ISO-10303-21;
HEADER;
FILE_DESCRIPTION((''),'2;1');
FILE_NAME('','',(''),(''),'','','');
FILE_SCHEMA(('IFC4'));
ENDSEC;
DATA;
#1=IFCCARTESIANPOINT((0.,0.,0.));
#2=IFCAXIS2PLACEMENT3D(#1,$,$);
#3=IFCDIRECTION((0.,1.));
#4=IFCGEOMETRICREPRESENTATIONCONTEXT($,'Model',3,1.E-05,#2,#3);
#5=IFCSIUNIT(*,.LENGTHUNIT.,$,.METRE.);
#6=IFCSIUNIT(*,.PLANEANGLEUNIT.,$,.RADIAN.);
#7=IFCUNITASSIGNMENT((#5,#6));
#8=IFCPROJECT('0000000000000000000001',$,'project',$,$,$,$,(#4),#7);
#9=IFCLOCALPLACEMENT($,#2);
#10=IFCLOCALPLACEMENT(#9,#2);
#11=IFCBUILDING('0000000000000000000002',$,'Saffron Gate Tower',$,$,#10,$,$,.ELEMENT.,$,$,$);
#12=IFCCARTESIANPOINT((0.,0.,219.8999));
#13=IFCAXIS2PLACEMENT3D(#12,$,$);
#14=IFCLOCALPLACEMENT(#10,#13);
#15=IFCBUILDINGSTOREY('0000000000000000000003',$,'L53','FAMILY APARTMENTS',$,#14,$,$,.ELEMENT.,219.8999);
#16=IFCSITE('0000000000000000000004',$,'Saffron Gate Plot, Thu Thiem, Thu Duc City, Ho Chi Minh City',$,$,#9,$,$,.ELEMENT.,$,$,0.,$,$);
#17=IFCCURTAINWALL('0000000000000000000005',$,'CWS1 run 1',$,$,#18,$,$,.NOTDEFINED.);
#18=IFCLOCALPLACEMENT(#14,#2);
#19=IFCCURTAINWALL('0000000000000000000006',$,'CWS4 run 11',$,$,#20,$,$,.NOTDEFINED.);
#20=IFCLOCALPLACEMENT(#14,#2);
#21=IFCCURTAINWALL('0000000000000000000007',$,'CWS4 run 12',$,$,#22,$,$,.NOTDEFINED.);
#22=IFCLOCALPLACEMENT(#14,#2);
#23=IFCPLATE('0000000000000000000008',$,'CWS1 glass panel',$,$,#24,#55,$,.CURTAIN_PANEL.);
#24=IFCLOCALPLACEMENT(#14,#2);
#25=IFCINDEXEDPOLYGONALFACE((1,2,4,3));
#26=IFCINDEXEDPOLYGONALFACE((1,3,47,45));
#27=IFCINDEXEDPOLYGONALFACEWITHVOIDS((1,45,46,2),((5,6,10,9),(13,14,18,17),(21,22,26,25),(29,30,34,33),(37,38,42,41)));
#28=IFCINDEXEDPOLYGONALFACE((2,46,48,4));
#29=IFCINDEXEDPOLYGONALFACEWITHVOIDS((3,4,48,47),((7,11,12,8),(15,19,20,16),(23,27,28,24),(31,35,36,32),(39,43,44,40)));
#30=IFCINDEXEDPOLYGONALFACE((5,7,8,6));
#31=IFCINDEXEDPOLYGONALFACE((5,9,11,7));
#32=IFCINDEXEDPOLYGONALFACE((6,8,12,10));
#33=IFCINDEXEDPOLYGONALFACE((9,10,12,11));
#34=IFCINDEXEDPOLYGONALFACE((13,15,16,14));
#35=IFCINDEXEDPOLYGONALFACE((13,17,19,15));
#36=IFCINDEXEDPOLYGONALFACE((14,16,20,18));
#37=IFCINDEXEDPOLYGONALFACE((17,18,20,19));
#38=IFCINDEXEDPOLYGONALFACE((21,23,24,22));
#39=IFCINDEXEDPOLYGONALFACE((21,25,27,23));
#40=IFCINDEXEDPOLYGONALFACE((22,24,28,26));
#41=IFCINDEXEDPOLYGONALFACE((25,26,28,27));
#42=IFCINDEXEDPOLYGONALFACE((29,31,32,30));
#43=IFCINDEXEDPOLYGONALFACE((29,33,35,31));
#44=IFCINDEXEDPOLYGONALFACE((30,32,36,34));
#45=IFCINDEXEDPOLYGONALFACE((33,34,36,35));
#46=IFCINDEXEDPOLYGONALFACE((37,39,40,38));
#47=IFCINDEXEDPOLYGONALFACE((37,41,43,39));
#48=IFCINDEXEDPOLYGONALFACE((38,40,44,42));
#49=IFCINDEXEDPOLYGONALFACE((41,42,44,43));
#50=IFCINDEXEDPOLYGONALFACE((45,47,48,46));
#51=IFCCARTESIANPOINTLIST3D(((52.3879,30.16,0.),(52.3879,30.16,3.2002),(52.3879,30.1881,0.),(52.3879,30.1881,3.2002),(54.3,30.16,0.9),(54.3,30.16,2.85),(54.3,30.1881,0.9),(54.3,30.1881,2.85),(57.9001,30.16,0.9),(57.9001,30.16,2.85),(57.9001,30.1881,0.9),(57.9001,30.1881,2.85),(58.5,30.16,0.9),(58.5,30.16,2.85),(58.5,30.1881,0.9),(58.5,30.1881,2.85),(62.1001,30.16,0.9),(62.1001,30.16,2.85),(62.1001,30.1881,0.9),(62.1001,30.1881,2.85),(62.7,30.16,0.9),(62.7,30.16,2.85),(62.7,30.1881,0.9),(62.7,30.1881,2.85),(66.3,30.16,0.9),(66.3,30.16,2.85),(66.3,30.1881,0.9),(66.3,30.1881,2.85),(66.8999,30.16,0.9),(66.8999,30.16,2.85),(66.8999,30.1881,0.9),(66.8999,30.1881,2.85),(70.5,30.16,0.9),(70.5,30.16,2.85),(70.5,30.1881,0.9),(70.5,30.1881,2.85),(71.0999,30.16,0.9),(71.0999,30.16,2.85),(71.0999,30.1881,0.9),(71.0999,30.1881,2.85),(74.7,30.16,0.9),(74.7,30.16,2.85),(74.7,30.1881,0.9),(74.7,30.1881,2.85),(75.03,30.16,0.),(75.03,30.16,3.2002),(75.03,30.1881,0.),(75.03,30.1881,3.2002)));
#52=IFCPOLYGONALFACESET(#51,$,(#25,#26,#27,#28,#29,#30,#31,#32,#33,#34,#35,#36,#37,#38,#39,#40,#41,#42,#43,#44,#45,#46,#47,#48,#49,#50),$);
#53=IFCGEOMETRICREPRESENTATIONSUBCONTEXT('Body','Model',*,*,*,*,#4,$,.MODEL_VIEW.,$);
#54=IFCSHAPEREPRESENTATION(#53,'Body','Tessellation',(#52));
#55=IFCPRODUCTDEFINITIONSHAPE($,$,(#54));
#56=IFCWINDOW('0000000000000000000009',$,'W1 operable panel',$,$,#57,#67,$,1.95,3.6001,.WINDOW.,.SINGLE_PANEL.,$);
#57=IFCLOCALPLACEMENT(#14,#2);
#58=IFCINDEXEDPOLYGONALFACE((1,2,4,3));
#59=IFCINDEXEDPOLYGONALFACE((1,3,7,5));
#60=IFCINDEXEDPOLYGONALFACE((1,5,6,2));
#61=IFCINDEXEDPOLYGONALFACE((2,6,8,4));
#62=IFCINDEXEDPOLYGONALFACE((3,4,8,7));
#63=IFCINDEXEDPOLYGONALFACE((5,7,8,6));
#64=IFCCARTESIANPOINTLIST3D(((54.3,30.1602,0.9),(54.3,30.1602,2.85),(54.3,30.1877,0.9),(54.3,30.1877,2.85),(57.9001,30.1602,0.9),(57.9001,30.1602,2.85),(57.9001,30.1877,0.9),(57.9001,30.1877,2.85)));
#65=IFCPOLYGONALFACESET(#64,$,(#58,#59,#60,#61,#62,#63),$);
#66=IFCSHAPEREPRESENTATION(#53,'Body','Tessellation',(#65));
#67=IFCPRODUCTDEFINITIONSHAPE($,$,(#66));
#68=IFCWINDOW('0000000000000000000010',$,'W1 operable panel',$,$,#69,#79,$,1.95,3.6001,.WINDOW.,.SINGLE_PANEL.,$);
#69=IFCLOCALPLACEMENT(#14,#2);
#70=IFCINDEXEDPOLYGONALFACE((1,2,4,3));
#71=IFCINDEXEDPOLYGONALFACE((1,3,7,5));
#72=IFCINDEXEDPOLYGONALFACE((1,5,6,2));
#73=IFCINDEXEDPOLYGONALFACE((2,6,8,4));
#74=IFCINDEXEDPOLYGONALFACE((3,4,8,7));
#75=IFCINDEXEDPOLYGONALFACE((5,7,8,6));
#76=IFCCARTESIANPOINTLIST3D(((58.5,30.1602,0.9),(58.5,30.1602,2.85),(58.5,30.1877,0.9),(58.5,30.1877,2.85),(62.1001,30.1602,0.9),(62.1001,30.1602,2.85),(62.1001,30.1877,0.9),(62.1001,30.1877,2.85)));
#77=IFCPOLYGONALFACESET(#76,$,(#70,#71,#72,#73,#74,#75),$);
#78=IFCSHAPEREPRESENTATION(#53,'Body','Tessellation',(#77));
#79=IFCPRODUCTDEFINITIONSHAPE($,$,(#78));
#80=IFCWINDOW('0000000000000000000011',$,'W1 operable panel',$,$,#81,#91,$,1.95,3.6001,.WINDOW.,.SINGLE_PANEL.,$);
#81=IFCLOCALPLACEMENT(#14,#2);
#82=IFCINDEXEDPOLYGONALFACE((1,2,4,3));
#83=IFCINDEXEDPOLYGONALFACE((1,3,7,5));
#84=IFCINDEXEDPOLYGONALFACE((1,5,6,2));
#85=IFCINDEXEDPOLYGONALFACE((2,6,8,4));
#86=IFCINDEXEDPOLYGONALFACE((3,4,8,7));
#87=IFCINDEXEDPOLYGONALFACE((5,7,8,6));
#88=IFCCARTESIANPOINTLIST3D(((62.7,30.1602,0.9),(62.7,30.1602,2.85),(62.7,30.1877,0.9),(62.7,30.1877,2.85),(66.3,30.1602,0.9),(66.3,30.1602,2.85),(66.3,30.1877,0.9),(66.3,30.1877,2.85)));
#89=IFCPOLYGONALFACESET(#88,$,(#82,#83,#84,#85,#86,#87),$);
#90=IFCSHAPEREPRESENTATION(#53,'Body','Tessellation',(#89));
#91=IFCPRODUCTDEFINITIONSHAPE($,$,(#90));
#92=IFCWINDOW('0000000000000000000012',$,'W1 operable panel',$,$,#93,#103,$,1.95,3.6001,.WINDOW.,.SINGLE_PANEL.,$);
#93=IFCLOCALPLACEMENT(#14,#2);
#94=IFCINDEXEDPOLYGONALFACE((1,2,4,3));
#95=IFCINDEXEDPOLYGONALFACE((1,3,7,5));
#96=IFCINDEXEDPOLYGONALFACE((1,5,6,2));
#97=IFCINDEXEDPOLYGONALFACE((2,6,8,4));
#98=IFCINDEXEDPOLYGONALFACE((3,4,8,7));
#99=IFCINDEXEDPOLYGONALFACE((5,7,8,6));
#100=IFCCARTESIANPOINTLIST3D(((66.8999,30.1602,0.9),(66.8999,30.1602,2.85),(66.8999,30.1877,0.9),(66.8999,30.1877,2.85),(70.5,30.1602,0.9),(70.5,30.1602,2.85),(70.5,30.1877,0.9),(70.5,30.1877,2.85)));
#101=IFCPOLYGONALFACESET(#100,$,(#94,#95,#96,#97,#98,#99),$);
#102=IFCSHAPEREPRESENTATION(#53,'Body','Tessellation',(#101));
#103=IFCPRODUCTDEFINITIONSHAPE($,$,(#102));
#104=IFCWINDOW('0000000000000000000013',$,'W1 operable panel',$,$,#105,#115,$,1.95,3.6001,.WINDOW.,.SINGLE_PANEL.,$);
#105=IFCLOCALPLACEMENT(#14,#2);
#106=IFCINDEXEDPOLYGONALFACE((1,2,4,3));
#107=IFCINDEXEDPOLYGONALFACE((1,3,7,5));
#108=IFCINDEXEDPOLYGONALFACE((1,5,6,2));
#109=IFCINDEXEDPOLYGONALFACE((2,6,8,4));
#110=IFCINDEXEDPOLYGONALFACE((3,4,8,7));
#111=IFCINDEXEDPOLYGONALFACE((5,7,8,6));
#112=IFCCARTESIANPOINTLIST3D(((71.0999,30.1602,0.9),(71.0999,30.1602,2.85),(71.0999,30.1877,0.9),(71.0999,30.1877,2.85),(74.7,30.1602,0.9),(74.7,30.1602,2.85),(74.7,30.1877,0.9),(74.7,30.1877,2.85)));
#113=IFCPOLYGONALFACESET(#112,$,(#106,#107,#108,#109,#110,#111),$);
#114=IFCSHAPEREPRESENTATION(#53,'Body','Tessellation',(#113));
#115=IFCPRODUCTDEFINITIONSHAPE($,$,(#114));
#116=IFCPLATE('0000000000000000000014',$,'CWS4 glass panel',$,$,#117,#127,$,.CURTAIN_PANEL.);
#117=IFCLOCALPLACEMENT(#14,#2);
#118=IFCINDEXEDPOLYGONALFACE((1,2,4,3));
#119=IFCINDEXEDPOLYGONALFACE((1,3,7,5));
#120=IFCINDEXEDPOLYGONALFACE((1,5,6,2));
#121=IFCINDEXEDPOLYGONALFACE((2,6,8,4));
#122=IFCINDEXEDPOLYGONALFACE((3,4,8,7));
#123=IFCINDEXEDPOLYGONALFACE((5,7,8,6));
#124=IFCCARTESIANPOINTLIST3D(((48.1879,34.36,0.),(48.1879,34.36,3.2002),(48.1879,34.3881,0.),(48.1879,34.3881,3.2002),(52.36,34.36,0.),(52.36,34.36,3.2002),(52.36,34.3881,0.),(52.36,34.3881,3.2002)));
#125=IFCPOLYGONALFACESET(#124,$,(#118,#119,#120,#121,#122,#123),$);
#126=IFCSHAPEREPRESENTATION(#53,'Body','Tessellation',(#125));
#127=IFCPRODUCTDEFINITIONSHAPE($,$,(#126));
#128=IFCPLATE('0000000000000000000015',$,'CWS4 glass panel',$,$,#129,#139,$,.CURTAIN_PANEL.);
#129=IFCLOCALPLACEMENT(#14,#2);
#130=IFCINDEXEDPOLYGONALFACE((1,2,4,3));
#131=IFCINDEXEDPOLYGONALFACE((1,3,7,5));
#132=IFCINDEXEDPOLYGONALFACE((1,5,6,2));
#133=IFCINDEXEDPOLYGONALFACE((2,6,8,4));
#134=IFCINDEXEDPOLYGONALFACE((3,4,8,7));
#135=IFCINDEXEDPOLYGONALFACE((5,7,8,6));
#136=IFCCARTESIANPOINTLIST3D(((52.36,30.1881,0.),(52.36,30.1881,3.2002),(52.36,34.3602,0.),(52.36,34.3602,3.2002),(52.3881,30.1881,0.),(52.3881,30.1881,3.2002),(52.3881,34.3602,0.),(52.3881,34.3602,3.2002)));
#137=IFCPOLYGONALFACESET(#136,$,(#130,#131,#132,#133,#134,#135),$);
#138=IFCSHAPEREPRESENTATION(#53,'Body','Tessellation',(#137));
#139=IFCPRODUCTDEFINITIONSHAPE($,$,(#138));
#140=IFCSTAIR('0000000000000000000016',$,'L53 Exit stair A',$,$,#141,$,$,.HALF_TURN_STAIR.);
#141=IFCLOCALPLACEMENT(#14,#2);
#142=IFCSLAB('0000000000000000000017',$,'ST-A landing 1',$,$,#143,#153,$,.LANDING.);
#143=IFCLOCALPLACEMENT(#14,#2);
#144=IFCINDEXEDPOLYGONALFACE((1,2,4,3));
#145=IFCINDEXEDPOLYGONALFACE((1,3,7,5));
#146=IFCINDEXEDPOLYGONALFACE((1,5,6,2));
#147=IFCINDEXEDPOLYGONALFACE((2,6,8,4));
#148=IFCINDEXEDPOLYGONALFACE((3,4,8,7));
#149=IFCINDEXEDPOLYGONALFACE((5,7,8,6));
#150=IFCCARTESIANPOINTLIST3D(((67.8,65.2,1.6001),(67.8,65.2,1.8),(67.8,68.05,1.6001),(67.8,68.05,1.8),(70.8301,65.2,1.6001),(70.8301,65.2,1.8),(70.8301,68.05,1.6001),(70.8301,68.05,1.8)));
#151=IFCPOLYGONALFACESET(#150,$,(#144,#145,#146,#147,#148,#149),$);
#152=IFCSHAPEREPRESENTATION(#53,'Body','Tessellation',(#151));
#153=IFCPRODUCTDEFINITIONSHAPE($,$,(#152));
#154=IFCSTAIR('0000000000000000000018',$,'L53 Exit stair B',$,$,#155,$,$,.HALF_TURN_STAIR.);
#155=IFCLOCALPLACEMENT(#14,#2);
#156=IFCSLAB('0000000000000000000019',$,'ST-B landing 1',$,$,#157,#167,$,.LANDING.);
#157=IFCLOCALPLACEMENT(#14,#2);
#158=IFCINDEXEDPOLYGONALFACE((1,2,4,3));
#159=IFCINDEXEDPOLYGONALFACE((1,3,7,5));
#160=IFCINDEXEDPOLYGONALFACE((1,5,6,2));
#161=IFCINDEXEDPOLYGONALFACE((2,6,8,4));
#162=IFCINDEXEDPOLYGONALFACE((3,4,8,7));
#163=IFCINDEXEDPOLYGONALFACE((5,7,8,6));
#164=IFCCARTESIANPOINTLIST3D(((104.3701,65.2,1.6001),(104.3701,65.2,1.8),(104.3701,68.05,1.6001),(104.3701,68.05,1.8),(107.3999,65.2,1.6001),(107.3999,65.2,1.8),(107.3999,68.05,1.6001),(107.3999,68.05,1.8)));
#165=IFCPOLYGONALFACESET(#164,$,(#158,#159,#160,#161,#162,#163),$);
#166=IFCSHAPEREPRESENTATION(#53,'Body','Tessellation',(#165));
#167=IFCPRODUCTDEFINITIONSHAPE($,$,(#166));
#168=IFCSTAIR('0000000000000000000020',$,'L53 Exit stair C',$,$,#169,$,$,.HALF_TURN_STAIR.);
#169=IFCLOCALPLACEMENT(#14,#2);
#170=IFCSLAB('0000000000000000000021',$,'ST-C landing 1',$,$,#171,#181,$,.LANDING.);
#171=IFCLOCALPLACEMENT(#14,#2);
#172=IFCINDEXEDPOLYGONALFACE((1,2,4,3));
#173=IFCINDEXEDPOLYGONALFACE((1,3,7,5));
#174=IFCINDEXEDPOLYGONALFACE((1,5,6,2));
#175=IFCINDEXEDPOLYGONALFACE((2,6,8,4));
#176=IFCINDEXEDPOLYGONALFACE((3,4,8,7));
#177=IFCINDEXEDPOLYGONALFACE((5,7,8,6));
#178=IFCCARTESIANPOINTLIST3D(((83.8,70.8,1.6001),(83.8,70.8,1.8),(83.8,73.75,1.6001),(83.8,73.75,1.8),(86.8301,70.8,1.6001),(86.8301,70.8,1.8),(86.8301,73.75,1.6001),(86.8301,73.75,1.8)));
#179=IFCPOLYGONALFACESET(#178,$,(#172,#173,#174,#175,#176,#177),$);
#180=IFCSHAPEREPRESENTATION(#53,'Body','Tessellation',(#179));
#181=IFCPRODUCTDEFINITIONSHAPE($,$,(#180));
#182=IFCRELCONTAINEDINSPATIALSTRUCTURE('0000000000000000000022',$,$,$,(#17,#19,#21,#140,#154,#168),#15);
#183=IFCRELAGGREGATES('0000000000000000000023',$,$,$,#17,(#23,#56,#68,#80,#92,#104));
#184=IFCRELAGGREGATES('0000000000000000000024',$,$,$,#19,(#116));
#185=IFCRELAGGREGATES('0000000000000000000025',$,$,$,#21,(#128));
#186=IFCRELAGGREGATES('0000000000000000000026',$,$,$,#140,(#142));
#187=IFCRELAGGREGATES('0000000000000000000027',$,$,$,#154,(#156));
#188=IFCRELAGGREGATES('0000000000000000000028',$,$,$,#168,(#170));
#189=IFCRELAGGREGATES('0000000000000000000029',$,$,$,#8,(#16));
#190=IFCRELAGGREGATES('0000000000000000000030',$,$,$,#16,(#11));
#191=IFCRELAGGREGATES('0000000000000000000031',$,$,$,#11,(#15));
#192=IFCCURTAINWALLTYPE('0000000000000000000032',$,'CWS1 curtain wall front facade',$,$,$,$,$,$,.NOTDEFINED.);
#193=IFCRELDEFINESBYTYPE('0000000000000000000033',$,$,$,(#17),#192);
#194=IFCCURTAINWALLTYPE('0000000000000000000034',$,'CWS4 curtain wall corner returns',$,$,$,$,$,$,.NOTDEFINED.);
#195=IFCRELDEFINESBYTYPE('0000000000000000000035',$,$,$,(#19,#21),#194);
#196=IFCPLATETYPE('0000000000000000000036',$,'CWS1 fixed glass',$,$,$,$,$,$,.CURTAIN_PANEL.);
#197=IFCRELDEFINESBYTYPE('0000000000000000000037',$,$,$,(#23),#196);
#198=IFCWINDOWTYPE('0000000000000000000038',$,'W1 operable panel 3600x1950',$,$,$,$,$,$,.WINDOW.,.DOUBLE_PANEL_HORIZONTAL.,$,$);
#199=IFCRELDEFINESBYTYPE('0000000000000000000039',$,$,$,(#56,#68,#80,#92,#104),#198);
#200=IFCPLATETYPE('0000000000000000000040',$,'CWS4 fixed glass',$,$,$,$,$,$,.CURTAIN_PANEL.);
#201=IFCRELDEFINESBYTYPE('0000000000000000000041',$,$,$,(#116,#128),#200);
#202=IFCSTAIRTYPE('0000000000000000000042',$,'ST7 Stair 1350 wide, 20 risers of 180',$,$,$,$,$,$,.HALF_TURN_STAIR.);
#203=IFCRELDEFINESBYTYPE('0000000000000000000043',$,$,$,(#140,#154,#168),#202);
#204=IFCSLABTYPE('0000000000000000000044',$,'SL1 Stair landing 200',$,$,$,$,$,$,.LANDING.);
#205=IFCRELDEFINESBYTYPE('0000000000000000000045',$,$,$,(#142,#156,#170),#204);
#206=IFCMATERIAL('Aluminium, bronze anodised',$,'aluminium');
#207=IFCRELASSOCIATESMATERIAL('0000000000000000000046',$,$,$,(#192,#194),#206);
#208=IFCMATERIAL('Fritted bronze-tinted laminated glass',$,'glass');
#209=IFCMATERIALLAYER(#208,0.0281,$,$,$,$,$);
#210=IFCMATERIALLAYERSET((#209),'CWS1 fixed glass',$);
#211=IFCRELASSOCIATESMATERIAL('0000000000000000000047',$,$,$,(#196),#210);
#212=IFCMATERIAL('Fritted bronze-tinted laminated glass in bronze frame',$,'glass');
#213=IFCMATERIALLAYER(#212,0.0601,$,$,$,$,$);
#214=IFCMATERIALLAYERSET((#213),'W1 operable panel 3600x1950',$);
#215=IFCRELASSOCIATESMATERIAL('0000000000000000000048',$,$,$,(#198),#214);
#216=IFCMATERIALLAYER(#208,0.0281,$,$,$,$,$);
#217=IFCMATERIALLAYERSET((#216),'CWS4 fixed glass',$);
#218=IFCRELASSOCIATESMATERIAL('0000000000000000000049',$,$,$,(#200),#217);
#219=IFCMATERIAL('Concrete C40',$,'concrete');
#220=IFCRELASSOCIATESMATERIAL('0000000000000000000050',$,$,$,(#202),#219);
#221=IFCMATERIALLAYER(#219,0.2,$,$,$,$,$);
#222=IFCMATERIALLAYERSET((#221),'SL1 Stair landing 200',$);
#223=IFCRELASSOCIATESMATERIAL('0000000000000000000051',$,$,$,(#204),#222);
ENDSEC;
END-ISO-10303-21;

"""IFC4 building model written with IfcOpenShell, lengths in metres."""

from ifc_helpers import new_model, si_unit, direction, frame, frame_2d, origin, place, context, subcontext, project, spatial, polyline, rectangle, outline, extrude, material, layer, layer_set, type_object, element, fill, aggregate, save


model = new_model("IFC4")

# Units and contexts
model_context = context("Model", 3, precision=1e-05, world=origin(), true_north=direction((0.0, 1.0)))
body_context = subcontext(model_context, "Body", "Model", "MODEL_VIEW")
ifc_project = project(units=[si_unit("LENGTHUNIT", "METRE"), si_unit("PLANEANGLEUNIT", "RADIAN")], contexts=[model_context])

# Site, building, storey
site_placement = place(None, origin())
site = spatial("IfcSite", under=ifc_project, at=site_placement, Name="Saffron Gate Plot, Thu Thiem, Thu Duc City, Ho Chi Minh City", CompositionType="ELEMENT", RefElevation=0.0)
building_placement = place(site_placement, origin())
building = spatial("IfcBuilding", under=site, at=building_placement, Name="Saffron Gate Tower", CompositionType="ELEMENT")
storey_placement = place(building_placement, frame((0.0, 0.0, 219.8999)))
storey = spatial("IfcBuildingStorey", under=building, at=storey_placement, Name="L53", Description="FAMILY APARTMENTS", CompositionType="ELEMENT", Elevation=219.8999)

# Curtain wall
ifc_material_1 = material(Name="Aluminium, bronze anodised", Category="aluminium")
curtain_wall_type_1 = type_object("IfcCurtainWallType", Name="CWS1 curtain wall front facade", PredefinedType="NOTDEFINED", material=ifc_material_1)
curtain_wall_1_placement = place(storey_placement, origin())
curtain_wall_1 = element("IfcCurtainWall", 1, at=curtain_wall_1_placement, inside=storey, type_object=curtain_wall_type_1, Name="CWS1 run 1", PredefinedType="NOTDEFINED")

# Curtain walls
curtain_wall_type_2 = type_object("IfcCurtainWallType", Name="CWS4 curtain wall corner returns", PredefinedType="NOTDEFINED", material=ifc_material_1)
curtain_wall_2_placement = place(storey_placement, origin())
curtain_wall_2 = element("IfcCurtainWall", 2, at=curtain_wall_2_placement, inside=storey, type_object=curtain_wall_type_2, Name="CWS4 run 11", PredefinedType="NOTDEFINED")
curtain_wall_3_placement = place(storey_placement, origin())
curtain_wall_3 = element("IfcCurtainWall", 3, at=curtain_wall_3_placement, inside=storey, type_object=curtain_wall_type_2, Name="CWS4 run 12", PredefinedType="NOTDEFINED")

# Plate, openings, windows
ifc_material_2 = material(Name="Fritted bronze-tinted laminated glass", Category="glass")
ifc_layer_1 = layer(ifc_material_2, 0.0281)
ifc_layer_set_1 = layer_set([ifc_layer_1], Name="CWS1 fixed glass")
plate_type_1 = type_object("IfcPlateType", Name="CWS1 fixed glass", PredefinedType="CURTAIN_PANEL", material=ifc_layer_set_1)
plate_1_placement = place(storey_placement, frame((52.3879, 30.1741, 0.0), z_axis=(0.0, 0.0, 1.0), x_axis=(1.0, 0.0, 0.0)))
plate_1 = element("IfcPlate", 4, at=plate_1_placement, type_object=plate_type_1, Name="CWS1 glass panel", PredefinedType="CURTAIN_PANEL", context=body_context, shape_type="SweptSolid", body=[
    extrude(rectangle(XDim=22.6421, YDim=0.0281, at=frame_2d((11.321, 0.0))), origin(), (0.0, 0.0, 1.0), 3.2002),
])
opening_1_placement = place(plate_1_placement, frame((1.9121, 0.0, 0.8999)))
opening_1 = element("IfcOpeningElement", 5, at=opening_1_placement, cuts=plate_1, PredefinedType="OPENING", context=body_context, shape_type="SweptSolid", body=[
    extrude(rectangle(XDim=3.6001, YDim=1.95, at=frame_2d((1.8, 0.9751))), frame((0.0, 0.0239, 0.0), z_axis=(0.0, -1.0, 0.0), x_axis=(1.0, 0.0, 0.0)), (0.0, 0.0, 1.0), 0.0481),
])
opening_2_placement = place(plate_1_placement, frame((6.1121, 0.0, 0.8999)))
opening_2 = element("IfcOpeningElement", 6, at=opening_2_placement, cuts=plate_1, PredefinedType="OPENING", context=body_context, shape_type="SweptSolid", body=[
    extrude(rectangle(XDim=3.6001, YDim=1.95, at=frame_2d((1.8, 0.9751))), frame((0.0, 0.0239, 0.0), z_axis=(0.0, -1.0, 0.0), x_axis=(1.0, 0.0, 0.0)), (0.0, 0.0, 1.0), 0.0481),
])
opening_3_placement = place(plate_1_placement, frame((10.312, 0.0, 0.8999)))
opening_3 = element("IfcOpeningElement", 7, at=opening_3_placement, cuts=plate_1, PredefinedType="OPENING", context=body_context, shape_type="SweptSolid", body=[
    extrude(rectangle(XDim=3.6001, YDim=1.95, at=frame_2d((1.8, 0.9751))), frame((0.0, 0.0239, 0.0), z_axis=(0.0, -1.0, 0.0), x_axis=(1.0, 0.0, 0.0)), (0.0, 0.0, 1.0), 0.0481),
])
opening_4_placement = place(plate_1_placement, frame((14.512, 0.0, 0.8999)))
opening_4 = element("IfcOpeningElement", 8, at=opening_4_placement, cuts=plate_1, PredefinedType="OPENING", context=body_context, shape_type="SweptSolid", body=[
    extrude(rectangle(XDim=3.6001, YDim=1.95, at=frame_2d((1.8, 0.9751))), frame((0.0, 0.0239, 0.0), z_axis=(0.0, -1.0, 0.0), x_axis=(1.0, 0.0, 0.0)), (0.0, 0.0, 1.0), 0.0481),
])
opening_5_placement = place(plate_1_placement, frame((18.7119, 0.0, 0.8999)))
opening_5 = element("IfcOpeningElement", 9, at=opening_5_placement, cuts=plate_1, PredefinedType="OPENING", context=body_context, shape_type="SweptSolid", body=[
    extrude(rectangle(XDim=3.6001, YDim=1.95, at=frame_2d((1.8, 0.9751))), frame((0.0, 0.0239, 0.0), z_axis=(0.0, -1.0, 0.0), x_axis=(1.0, 0.0, 0.0)), (0.0, 0.0, 1.0), 0.0481),
])
ifc_material_3 = material(Name="Fritted bronze-tinted laminated glass in bronze frame", Category="glass")
ifc_layer_2 = layer(ifc_material_3, 0.0601)
ifc_layer_set_2 = layer_set([ifc_layer_2], Name="W1 operable panel 3600x1950")
window_type = type_object("IfcWindowType", Name="W1 operable panel 3600x1950", PartitioningType="DOUBLE_PANEL_HORIZONTAL", PredefinedType="WINDOW", material=ifc_layer_set_2)
window_1_placement = place(opening_1_placement, origin())
window_1 = element("IfcWindow", 10, at=window_1_placement, type_object=window_type, Name="W1 operable panel", OverallHeight=1.95, OverallWidth=3.6001, PartitioningType="SINGLE_PANEL", PredefinedType="WINDOW", context=body_context, shape_type="SweptSolid", body=[
    extrude(rectangle(XDim=3.6001, YDim=1.95, at=frame_2d((1.8, 0.9751))), frame((0.0, 0.0137, 0.0), z_axis=(0.0, -1.0, 0.0), x_axis=(1.0, 0.0, 0.0)), (0.0, 0.0, 1.0), 0.0276),
])
fill(opening_1, window_1)
window_2_placement = place(opening_2_placement, origin())
window_2 = element("IfcWindow", 11, at=window_2_placement, type_object=window_type, Name="W1 operable panel", OverallHeight=1.95, OverallWidth=3.6001, PartitioningType="SINGLE_PANEL", PredefinedType="WINDOW", context=body_context, shape_type="SweptSolid", body=[
    extrude(rectangle(XDim=3.6001, YDim=1.95, at=frame_2d((1.8, 0.9751))), frame((0.0, 0.0137, 0.0), z_axis=(0.0, -1.0, 0.0), x_axis=(1.0, 0.0, 0.0)), (0.0, 0.0, 1.0), 0.0276),
])
fill(opening_2, window_2)
window_3_placement = place(opening_3_placement, origin())
window_3 = element("IfcWindow", 12, at=window_3_placement, type_object=window_type, Name="W1 operable panel", OverallHeight=1.95, OverallWidth=3.6001, PartitioningType="SINGLE_PANEL", PredefinedType="WINDOW", context=body_context, shape_type="SweptSolid", body=[
    extrude(rectangle(XDim=3.6001, YDim=1.95, at=frame_2d((1.8, 0.9751))), frame((0.0, 0.0137, 0.0), z_axis=(0.0, -1.0, 0.0), x_axis=(1.0, 0.0, 0.0)), (0.0, 0.0, 1.0), 0.0276),
])
fill(opening_3, window_3)
window_4_placement = place(opening_4_placement, origin())
window_4 = element("IfcWindow", 13, at=window_4_placement, type_object=window_type, Name="W1 operable panel", OverallHeight=1.95, OverallWidth=3.6001, PartitioningType="SINGLE_PANEL", PredefinedType="WINDOW", context=body_context, shape_type="SweptSolid", body=[
    extrude(rectangle(XDim=3.6001, YDim=1.95, at=frame_2d((1.8, 0.9751))), frame((0.0, 0.0137, 0.0), z_axis=(0.0, -1.0, 0.0), x_axis=(1.0, 0.0, 0.0)), (0.0, 0.0, 1.0), 0.0276),
])
fill(opening_4, window_4)
window_5_placement = place(opening_5_placement, origin())
window_5 = element("IfcWindow", 14, at=window_5_placement, type_object=window_type, Name="W1 operable panel", OverallHeight=1.95, OverallWidth=3.6001, PartitioningType="SINGLE_PANEL", PredefinedType="WINDOW", context=body_context, shape_type="SweptSolid", body=[
    extrude(rectangle(XDim=3.6001, YDim=1.95, at=frame_2d((1.8, 0.9751))), frame((0.0, 0.0137, 0.0), z_axis=(0.0, -1.0, 0.0), x_axis=(1.0, 0.0, 0.0)), (0.0, 0.0, 1.0), 0.0276),
])
fill(opening_5, window_5)
aggregate(curtain_wall_1, [plate_1, window_1, window_2, window_3, window_4, window_5])

# Plates
ifc_layer_3 = layer(ifc_material_2, 0.0281)
ifc_layer_set_3 = layer_set([ifc_layer_3], Name="CWS4 fixed glass")
plate_type_2 = type_object("IfcPlateType", Name="CWS4 fixed glass", PredefinedType="CURTAIN_PANEL", material=ifc_layer_set_3)
plate_2_placement = place(storey_placement, frame((48.188, 34.374, 0.0), z_axis=(0.0, 0.0, 1.0), x_axis=(1.0, 0.0, 0.0)))
plate_2 = element("IfcPlate", 15, at=plate_2_placement, type_object=plate_type_2, Name="CWS4 glass panel", PredefinedType="CURTAIN_PANEL", context=body_context, shape_type="SweptSolid", body=[
    extrude(rectangle(XDim=4.1721, YDim=0.0281, at=frame_2d((2.0859, 0.0))), origin(), (0.0, 0.0, 1.0), 3.2002),
])
aggregate(curtain_wall_2, [plate_2])
plate_3_placement = place(storey_placement, frame((52.374, 34.3601, 0.0), z_axis=(0.0, 0.0, 1.0), x_axis=(0.0, -1.0, 0.0)))
plate_3 = element("IfcPlate", 16, at=plate_3_placement, type_object=plate_type_2, Name="CWS4 glass panel", PredefinedType="CURTAIN_PANEL", context=body_context, shape_type="SweptSolid", body=[
    extrude(rectangle(XDim=4.1721, YDim=0.0281, at=frame_2d((2.0859, 0.0))), origin(), (0.0, 0.0, 1.0), 3.2002),
])
aggregate(curtain_wall_3, [plate_3])

# Stairs, slabs
ifc_material_4 = material(Name="Concrete C40", Category="concrete")
stair_type = type_object("IfcStairType", Name="ST7 Stair 1350 wide, 20 risers of 180", PredefinedType="HALF_TURN_STAIR", material=ifc_material_4)
stair_1_placement = place(storey_placement, origin())
stair_1 = element("IfcStair", 17, at=stair_1_placement, inside=storey, type_object=stair_type, Name="L53 Exit stair A", PredefinedType="HALF_TURN_STAIR")
ifc_layer_4 = layer(ifc_material_4, 0.2)
ifc_layer_set_4 = layer_set([ifc_layer_4], Name="SL1 Stair landing 200")
slab_type = type_object("IfcSlabType", Name="SL1 Stair landing 200", PredefinedType="LANDING", material=ifc_layer_set_4)
slab_1_placement = place(storey_placement, frame((0.0, 0.0, 1.6001)))
slab_1 = element("IfcSlab", 18, at=slab_1_placement, type_object=slab_type, Name="ST-A landing 1", PredefinedType="LANDING", context=body_context, shape_type="SweptSolid", body=[
    extrude(outline(polyline([(70.8301, 68.05), (67.8, 68.05), (67.8, 65.2), (70.8301, 65.2), (70.8301, 68.05)])), origin(), (0.0, 0.0, 1.0), 0.2),
])
aggregate(stair_1, [slab_1])
stair_2_placement = place(storey_placement, origin())
stair_2 = element("IfcStair", 19, at=stair_2_placement, inside=storey, type_object=stair_type, Name="L53 Exit stair B", PredefinedType="HALF_TURN_STAIR")
slab_2_placement = place(storey_placement, frame((0.0, 0.0, 1.6001)))
slab_2 = element("IfcSlab", 20, at=slab_2_placement, type_object=slab_type, Name="ST-B landing 1", PredefinedType="LANDING", context=body_context, shape_type="SweptSolid", body=[
    extrude(outline(polyline([(104.3701, 65.2), (107.3999, 65.2), (107.3999, 68.05), (104.3701, 68.05), (104.3701, 65.2)])), origin(), (0.0, 0.0, 1.0), 0.2),
])
aggregate(stair_2, [slab_2])
stair_3_placement = place(storey_placement, origin())
stair_3 = element("IfcStair", 21, at=stair_3_placement, inside=storey, type_object=stair_type, Name="L53 Exit stair C", PredefinedType="HALF_TURN_STAIR")
slab_3_placement = place(storey_placement, frame((0.0, 0.0, 1.6001)))
slab_3 = element("IfcSlab", 22, at=slab_3_placement, type_object=slab_type, Name="ST-C landing 1", PredefinedType="LANDING", context=body_context, shape_type="SweptSolid", body=[
    extrude(outline(polyline([(86.8301, 73.75), (83.8, 73.75), (83.8, 70.8), (86.8301, 70.8), (86.8301, 73.75)])), origin(), (0.0, 0.0, 1.0), 0.2),
])
aggregate(stair_3, [slab_3])

save(model, "model.ifc")
